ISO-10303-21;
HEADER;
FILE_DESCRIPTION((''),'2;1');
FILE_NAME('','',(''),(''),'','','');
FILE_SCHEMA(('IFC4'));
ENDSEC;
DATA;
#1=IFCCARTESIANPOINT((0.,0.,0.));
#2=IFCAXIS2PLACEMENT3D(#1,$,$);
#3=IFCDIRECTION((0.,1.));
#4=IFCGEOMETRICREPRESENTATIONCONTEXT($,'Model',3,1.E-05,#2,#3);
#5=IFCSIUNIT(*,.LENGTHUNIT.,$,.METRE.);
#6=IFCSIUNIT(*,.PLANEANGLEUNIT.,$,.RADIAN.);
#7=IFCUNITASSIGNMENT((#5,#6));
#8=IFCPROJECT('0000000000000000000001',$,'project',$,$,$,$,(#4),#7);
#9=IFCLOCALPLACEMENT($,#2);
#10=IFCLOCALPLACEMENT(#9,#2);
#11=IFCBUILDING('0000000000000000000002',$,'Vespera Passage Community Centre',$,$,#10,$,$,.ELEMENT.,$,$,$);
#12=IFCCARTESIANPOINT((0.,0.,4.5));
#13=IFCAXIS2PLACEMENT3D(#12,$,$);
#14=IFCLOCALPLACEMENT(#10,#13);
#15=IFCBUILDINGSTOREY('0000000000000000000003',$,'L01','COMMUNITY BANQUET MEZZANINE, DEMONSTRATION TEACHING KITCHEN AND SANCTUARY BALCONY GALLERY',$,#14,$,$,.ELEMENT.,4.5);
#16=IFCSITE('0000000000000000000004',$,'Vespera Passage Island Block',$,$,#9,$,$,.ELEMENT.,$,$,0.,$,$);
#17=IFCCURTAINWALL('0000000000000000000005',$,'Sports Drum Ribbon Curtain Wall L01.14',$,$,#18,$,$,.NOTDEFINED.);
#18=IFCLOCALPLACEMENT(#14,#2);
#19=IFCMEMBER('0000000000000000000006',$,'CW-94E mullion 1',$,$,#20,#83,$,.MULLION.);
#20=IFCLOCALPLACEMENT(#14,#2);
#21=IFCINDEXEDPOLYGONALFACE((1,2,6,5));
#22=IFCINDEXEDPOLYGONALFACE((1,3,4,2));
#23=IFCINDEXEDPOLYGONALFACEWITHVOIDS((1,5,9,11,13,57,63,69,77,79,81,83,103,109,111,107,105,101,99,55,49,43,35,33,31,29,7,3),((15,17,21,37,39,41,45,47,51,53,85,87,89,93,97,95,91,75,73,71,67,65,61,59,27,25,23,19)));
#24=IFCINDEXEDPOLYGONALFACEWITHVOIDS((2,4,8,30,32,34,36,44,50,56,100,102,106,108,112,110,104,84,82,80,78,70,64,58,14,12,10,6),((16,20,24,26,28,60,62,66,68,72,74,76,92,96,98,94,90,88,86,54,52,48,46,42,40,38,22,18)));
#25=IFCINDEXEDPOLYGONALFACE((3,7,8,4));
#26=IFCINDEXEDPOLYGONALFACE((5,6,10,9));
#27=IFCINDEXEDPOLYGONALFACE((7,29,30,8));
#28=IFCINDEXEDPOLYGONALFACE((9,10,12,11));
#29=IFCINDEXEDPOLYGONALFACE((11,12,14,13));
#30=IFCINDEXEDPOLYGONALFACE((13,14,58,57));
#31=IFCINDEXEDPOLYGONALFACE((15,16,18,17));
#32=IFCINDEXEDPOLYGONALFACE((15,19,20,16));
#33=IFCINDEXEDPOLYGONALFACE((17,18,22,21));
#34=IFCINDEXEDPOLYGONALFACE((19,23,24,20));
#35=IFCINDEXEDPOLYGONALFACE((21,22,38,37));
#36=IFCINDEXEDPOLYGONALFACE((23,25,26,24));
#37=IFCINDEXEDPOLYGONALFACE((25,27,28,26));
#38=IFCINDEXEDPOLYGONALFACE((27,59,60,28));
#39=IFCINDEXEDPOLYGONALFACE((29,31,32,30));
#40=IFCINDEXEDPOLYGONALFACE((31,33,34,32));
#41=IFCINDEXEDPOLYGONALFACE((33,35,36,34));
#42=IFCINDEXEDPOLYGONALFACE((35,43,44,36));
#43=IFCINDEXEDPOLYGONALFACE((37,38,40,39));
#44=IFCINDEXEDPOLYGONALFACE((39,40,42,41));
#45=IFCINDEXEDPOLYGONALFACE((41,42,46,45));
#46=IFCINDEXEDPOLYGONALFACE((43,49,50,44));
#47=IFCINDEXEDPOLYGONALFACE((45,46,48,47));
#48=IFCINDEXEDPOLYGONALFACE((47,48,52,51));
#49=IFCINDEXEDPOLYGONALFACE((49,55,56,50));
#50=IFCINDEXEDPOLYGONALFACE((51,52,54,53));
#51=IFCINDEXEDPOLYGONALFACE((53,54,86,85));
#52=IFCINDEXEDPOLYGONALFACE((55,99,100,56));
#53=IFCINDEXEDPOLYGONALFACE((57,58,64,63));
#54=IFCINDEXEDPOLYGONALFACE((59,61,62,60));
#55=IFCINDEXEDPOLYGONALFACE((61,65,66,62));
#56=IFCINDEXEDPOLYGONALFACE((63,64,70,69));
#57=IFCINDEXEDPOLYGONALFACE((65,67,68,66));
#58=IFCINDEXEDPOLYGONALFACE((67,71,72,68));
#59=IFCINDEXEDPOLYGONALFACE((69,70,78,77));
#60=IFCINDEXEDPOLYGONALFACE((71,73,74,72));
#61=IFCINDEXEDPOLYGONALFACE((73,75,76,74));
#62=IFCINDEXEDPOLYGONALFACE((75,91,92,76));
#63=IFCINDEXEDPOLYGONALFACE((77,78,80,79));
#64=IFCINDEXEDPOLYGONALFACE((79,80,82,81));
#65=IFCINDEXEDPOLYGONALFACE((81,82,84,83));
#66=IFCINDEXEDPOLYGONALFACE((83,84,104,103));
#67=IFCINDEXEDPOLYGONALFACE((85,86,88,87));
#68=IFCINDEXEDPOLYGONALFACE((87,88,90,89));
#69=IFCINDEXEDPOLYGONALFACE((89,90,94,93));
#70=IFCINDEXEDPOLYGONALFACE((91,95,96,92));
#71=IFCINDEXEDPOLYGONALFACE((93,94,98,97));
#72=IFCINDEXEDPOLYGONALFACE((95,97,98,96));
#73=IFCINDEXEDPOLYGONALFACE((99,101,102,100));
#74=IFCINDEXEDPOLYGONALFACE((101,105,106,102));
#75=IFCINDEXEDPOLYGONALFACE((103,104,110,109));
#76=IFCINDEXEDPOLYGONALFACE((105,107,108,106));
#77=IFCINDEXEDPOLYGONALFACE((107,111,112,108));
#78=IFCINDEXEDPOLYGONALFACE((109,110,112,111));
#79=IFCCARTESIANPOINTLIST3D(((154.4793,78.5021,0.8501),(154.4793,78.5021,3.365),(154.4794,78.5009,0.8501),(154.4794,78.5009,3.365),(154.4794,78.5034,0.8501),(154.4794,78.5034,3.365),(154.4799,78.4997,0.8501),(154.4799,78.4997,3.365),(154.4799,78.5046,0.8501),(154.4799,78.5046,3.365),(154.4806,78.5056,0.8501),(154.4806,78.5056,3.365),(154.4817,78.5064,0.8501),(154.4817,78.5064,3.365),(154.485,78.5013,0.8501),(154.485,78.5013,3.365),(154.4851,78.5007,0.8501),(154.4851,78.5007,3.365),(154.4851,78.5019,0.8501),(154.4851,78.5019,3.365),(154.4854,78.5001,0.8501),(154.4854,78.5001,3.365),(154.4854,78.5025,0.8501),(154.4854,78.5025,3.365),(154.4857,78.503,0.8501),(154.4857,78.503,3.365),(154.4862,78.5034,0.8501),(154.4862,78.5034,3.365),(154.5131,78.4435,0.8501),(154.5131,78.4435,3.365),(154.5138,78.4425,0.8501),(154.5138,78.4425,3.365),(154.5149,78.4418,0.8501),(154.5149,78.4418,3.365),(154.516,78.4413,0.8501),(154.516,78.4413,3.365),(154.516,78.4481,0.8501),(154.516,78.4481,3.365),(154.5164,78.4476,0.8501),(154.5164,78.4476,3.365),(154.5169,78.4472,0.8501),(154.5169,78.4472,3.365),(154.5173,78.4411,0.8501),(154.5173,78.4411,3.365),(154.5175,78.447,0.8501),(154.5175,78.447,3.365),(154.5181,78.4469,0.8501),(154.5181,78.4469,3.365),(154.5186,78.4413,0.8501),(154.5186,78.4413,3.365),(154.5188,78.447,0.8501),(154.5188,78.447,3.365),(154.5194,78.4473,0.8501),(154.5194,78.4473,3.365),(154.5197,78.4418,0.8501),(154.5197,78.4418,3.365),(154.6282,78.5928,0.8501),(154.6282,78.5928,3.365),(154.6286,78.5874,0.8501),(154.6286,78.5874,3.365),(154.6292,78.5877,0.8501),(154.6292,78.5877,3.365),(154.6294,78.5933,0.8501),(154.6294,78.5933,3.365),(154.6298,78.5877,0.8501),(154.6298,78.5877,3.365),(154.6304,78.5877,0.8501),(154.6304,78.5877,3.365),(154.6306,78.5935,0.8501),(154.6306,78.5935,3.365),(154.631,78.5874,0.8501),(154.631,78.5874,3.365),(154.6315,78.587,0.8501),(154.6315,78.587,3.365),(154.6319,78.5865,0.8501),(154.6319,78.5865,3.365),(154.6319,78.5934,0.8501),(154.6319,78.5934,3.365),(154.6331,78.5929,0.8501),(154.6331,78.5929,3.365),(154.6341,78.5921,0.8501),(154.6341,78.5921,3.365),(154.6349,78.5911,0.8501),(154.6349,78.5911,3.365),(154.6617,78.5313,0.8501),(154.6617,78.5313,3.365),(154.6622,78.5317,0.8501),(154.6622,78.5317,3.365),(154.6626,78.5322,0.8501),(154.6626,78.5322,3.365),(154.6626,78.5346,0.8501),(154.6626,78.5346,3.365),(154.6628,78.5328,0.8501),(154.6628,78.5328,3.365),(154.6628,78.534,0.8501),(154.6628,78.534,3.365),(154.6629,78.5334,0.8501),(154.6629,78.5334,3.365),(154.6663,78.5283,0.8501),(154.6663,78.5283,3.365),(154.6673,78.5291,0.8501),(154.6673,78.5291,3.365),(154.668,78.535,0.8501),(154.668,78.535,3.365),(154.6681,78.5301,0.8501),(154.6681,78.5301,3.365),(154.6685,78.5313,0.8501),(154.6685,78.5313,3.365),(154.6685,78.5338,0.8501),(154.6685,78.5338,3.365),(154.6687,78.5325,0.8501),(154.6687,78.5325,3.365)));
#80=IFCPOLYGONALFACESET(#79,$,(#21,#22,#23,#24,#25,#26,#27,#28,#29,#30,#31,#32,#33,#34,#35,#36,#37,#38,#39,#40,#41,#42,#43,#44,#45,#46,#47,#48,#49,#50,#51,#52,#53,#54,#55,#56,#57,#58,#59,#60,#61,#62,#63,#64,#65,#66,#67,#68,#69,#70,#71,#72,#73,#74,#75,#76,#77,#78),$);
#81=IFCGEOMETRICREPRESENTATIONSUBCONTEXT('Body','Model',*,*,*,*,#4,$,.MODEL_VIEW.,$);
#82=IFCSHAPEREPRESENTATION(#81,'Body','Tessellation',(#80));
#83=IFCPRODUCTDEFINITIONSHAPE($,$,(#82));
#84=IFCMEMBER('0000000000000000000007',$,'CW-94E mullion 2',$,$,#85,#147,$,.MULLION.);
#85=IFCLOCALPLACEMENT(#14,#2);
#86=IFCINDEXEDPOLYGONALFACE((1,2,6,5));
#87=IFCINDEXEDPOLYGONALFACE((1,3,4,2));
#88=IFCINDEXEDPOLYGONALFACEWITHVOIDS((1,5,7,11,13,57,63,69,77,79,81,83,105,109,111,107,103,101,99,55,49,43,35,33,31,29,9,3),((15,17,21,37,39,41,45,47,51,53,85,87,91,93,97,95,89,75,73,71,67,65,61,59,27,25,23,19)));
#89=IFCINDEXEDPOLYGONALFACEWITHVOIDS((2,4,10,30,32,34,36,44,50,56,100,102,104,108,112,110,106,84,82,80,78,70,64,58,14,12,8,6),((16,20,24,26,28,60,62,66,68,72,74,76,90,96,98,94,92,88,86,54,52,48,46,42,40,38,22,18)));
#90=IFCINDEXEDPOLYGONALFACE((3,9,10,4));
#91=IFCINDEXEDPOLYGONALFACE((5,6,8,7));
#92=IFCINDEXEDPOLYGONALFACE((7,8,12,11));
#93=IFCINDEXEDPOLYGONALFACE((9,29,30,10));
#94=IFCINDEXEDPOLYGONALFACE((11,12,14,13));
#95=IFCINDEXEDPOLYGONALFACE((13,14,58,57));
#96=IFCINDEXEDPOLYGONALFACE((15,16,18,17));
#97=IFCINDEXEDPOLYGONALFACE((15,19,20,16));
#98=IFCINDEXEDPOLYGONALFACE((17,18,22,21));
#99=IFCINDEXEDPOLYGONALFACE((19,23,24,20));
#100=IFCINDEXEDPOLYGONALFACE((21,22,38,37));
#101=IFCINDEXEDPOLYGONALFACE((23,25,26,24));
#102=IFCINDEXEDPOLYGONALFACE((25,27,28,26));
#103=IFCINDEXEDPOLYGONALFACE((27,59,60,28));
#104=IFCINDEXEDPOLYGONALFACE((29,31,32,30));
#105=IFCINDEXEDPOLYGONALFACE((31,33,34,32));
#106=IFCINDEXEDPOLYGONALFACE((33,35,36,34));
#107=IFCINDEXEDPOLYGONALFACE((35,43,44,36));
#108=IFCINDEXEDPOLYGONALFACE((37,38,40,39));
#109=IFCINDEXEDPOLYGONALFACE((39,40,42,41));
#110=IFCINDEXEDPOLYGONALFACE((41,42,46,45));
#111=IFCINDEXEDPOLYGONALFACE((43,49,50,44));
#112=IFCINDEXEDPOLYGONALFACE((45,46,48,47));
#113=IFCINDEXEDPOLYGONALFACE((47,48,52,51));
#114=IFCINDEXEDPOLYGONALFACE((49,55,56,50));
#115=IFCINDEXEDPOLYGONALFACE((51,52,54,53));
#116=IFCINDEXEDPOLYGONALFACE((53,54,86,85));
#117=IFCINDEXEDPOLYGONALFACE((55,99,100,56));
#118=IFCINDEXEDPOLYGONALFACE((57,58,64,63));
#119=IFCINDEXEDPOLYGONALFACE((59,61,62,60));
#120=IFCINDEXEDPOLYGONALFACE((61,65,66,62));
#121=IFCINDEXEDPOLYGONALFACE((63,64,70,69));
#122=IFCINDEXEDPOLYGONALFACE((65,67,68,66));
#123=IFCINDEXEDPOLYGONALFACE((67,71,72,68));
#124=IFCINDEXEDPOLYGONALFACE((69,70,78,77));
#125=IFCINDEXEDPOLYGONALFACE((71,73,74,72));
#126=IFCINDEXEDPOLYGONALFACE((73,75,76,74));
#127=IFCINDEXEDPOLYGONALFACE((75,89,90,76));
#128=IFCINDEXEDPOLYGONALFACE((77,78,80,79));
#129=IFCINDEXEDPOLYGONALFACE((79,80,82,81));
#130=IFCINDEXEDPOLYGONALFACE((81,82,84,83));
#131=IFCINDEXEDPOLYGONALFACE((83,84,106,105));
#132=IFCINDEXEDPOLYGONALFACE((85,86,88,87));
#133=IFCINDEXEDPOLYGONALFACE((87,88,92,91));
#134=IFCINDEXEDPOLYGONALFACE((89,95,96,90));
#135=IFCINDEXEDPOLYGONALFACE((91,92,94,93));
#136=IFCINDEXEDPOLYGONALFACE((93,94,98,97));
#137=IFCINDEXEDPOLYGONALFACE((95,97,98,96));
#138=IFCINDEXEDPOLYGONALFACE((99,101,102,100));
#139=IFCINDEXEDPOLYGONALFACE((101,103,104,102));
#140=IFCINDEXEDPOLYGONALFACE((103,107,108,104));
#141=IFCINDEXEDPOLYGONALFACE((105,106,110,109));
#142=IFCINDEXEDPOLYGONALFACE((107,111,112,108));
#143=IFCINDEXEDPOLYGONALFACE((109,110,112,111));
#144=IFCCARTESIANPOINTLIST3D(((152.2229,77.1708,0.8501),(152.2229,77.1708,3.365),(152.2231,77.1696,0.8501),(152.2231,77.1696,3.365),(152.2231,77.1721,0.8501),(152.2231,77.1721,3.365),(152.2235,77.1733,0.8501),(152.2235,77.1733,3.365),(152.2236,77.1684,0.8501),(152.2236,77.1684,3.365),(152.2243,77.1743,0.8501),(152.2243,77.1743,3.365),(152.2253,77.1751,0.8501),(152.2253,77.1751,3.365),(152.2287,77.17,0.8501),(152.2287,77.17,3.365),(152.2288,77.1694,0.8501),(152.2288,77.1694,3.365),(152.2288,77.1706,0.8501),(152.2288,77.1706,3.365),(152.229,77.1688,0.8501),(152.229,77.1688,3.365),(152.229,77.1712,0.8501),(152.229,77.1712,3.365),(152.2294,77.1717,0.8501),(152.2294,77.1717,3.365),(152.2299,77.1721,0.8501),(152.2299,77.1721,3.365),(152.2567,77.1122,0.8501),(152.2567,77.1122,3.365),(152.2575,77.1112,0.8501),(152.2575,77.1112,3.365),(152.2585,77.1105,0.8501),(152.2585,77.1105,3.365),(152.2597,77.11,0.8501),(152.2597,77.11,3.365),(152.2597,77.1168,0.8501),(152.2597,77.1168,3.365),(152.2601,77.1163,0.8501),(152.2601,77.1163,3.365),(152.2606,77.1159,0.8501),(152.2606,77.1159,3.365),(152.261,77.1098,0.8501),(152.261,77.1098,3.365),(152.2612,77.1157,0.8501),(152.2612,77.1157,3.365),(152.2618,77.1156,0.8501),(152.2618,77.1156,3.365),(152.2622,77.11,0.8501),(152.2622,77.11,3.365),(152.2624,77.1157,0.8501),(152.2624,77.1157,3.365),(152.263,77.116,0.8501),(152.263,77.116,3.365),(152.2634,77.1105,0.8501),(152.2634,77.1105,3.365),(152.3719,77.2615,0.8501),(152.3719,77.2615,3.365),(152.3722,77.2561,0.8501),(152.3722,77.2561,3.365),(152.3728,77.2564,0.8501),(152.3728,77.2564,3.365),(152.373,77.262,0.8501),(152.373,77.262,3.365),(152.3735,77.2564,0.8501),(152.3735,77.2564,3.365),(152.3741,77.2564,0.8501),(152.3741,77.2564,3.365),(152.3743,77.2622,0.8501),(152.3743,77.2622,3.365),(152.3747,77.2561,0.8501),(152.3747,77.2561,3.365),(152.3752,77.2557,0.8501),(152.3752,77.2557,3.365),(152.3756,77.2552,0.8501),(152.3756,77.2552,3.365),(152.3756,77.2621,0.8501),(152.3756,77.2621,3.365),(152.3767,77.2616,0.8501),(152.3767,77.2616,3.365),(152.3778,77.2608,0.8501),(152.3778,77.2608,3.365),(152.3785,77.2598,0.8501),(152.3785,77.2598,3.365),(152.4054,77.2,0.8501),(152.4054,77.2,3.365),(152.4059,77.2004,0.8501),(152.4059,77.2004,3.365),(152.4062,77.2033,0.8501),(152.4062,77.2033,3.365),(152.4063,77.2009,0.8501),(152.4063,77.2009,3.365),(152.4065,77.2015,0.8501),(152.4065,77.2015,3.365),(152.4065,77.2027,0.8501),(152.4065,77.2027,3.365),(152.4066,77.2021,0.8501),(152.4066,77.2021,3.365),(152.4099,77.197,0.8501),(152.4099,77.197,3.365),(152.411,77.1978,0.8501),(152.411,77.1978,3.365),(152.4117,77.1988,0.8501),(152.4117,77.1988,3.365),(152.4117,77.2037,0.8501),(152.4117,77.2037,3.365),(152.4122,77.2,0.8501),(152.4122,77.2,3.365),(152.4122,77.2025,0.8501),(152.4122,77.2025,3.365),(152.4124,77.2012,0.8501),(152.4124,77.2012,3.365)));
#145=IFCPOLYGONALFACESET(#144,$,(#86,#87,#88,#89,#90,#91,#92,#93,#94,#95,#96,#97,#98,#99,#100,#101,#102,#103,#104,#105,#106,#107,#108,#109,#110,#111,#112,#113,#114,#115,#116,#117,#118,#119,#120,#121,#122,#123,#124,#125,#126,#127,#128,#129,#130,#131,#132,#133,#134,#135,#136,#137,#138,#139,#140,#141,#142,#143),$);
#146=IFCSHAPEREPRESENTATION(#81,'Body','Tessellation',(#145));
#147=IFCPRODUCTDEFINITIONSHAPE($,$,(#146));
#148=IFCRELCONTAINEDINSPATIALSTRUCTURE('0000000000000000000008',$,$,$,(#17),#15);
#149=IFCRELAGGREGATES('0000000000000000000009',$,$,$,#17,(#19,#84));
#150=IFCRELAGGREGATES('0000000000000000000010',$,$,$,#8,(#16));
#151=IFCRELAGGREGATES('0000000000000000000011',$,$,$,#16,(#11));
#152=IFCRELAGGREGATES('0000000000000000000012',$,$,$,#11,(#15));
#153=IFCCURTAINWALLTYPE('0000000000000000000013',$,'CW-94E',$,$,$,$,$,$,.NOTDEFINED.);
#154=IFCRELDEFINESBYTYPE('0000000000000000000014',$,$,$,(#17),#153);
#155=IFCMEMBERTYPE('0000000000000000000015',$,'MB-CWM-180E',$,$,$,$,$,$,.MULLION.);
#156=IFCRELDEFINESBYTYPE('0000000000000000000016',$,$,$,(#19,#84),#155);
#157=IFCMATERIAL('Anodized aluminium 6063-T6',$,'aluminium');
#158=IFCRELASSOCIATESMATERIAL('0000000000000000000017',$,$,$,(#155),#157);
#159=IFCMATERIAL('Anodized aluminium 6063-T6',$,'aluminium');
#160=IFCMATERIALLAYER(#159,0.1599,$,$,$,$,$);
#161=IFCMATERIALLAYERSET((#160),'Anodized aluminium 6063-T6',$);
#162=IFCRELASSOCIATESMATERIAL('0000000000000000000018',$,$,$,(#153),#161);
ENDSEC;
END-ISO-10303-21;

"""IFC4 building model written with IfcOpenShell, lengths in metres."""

from ifc_helpers import new_model, si_unit, direction, frame, origin, origin_2d, place, context, subcontext, project, spatial, hollow_rectangle, extrude, material, layer, layer_set, material_profile, profile_set, type_object, element, aggregate, save


model = new_model("IFC4")

# Units and contexts
model_context = context("Model", 3, precision=1e-05, world=origin(), true_north=direction((0.0, 1.0)))
body_context = subcontext(model_context, "Body", "Model", "MODEL_VIEW")
ifc_project = project(units=[si_unit("LENGTHUNIT", "METRE"), si_unit("PLANEANGLEUNIT", "RADIAN")], contexts=[model_context])

# Site, building, storey
site_placement = place(None, origin())
site = spatial("IfcSite", under=ifc_project, at=site_placement, Name="Vespera Passage Island Block", CompositionType="ELEMENT", RefElevation=0.0)
building_placement = place(site_placement, origin())
building = spatial("IfcBuilding", under=site, at=building_placement, Name="Vespera Passage Community Centre", CompositionType="ELEMENT")
storey_placement = place(building_placement, frame((0.0, 0.0, 4.5)))
storey = spatial("IfcBuildingStorey", under=building, at=storey_placement, Name="L01", Description="COMMUNITY BANQUET MEZZANINE, DEMONSTRATION TEACHING KITCHEN AND SANCTUARY BALCONY GALLERY", CompositionType="ELEMENT", Elevation=4.5)

# Curtain wall, members
ifc_material_1 = material(Name="Anodized aluminium 6063-T6", Category="aluminium")
ifc_material_profile_1 = material_profile(ifc_material_1, hollow_rectangle(XDim=0.075, YDim=0.1799, WallThickness=0.0049, InnerFilletRadius=0.0024, OuterFilletRadius=0.0049, at=origin_2d()), Name="ALU180X75X5")
ifc_profile_set_1 = profile_set([ifc_material_profile_1], Name="Anodized aluminium 6063-T6")
member_type_1 = type_object("IfcMemberType", Name="MB-CWM-180E", PredefinedType="MULLION", material=ifc_profile_set_1)
ifc_material_2 = material(Name="Anodized aluminium 6063-T6", Category="aluminium")
ifc_layer_1 = layer(ifc_material_2, 0.1599)
ifc_layer_set_1 = layer_set([ifc_layer_1], Name="Anodized aluminium 6063-T6")
curtain_wall_type_1 = type_object("IfcCurtainWallType", Name="CW-94E", PredefinedType="NOTDEFINED", material=ifc_layer_set_1)
curtain_wall_1_placement = place(storey_placement, origin())
curtain_wall_1 = element("IfcCurtainWall", 1, at=curtain_wall_1_placement, inside=storey, type_object=curtain_wall_type_1, Name="Sports Drum Ribbon Curtain Wall L01.14", PredefinedType="NOTDEFINED")
member_1_placement = place(storey_placement, frame((154.574, 78.5173, 0.8501), z_axis=(0.0, 0.0, 1.0), x_axis=(0.50817, -0.861257, 0.0)))
member_1 = element("IfcMember", 2, at=member_1_placement, type_object=member_type_1, Name="CW-94E mullion 1", PredefinedType="MULLION", context=body_context, shape_type="SweptSolid", body=[
    extrude(hollow_rectangle(XDim=0.075, YDim=0.1799, WallThickness=0.0049, InnerFilletRadius=0.0024, OuterFilletRadius=0.0049, at=origin_2d()), origin(), (0.0, 0.0, 1.0), 2.5149),
])
member_2_placement = place(storey_placement, frame((152.3176, 77.186, 0.8501), z_axis=(0.0, 0.0, 1.0), x_axis=(0.50817, -0.861257, 0.0)))
member_2 = element("IfcMember", 3, at=member_2_placement, type_object=member_type_1, Name="CW-94E mullion 2", PredefinedType="MULLION", context=body_context, shape_type="SweptSolid", body=[
    extrude(hollow_rectangle(XDim=0.075, YDim=0.1799, WallThickness=0.0049, InnerFilletRadius=0.0024, OuterFilletRadius=0.0049, at=origin_2d()), origin(), (0.0, 0.0, 1.0), 2.5149),
])

aggregate(curtain_wall_1, [member_1, member_2])

save(model, "model.ifc")
